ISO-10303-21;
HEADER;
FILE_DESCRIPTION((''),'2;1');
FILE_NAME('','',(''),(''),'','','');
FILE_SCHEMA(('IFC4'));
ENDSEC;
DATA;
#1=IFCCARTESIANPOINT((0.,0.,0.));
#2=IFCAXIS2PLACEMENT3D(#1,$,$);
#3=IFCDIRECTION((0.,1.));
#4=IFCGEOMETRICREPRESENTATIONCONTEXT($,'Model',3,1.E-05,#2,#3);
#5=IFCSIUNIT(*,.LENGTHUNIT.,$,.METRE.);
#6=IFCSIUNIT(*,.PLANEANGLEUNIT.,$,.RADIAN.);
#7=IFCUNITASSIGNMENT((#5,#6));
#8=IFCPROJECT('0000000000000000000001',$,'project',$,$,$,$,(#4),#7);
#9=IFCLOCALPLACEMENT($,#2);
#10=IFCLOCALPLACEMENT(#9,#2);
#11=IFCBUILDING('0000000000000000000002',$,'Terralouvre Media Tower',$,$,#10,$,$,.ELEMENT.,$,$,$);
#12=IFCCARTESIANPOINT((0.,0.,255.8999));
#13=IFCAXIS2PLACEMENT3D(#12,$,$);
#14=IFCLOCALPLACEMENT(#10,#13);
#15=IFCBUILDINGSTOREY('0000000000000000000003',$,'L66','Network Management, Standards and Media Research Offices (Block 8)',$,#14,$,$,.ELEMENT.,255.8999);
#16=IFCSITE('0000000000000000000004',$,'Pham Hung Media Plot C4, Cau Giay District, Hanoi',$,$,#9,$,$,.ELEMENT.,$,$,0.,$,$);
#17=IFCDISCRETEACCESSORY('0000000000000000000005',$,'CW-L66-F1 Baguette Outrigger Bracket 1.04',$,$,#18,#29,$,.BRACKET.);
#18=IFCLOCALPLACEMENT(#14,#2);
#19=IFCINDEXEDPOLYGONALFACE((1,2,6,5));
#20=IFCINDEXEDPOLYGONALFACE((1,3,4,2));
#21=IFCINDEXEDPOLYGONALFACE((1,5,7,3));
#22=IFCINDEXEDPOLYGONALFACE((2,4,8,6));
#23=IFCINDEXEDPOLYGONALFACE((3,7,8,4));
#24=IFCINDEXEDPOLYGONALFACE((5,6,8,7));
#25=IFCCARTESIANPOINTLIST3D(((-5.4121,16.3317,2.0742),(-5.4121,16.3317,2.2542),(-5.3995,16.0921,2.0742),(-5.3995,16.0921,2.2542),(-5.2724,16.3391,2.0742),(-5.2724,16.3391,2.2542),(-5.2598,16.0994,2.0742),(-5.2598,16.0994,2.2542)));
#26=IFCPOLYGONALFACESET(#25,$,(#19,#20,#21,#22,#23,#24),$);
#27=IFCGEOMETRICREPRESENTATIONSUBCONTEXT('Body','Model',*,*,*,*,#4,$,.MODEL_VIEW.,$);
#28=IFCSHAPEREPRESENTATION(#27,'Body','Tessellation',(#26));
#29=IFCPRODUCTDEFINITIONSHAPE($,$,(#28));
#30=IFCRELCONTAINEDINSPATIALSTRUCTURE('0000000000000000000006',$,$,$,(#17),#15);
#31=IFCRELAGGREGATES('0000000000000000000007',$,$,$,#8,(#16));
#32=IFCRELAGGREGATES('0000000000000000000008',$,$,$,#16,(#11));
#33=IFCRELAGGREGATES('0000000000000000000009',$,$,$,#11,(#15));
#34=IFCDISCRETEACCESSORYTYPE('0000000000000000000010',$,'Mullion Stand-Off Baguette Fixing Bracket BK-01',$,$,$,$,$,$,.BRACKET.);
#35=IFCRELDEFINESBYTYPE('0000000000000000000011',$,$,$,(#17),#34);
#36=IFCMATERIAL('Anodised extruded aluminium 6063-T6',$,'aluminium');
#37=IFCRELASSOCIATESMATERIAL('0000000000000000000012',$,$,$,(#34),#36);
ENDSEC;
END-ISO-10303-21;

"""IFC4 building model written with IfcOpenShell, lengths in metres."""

from ifc_helpers import new_model, si_unit, direction, frame, origin, origin_2d, place, context, subcontext, project, spatial, rectangle, extrude, material, type_object, element, save


model = new_model("IFC4")

# Units and contexts
model_context = context("Model", 3, precision=1e-05, world=origin(), true_north=direction((0.0, 1.0)))
body_context = subcontext(model_context, "Body", "Model", "MODEL_VIEW")
ifc_project = project(units=[si_unit("LENGTHUNIT", "METRE"), si_unit("PLANEANGLEUNIT", "RADIAN")], contexts=[model_context])

# Site, building, storey
site_placement = place(None, origin())
site = spatial("IfcSite", under=ifc_project, at=site_placement, Name="Pham Hung Media Plot C4, Cau Giay District, Hanoi", CompositionType="ELEMENT", RefElevation=0.0)
building_placement = place(site_placement, origin())
building = spatial("IfcBuilding", under=site, at=building_placement, Name="Terralouvre Media Tower", CompositionType="ELEMENT")
storey_placement = place(building_placement, frame((0.0, 0.0, 255.8999)))
storey = spatial("IfcBuildingStorey", under=building, at=storey_placement, Name="L66", Description="Network Management, Standards and Media Research Offices (Block 8)", CompositionType="ELEMENT", Elevation=255.8999)

# Discrete accessory
ifc_material_1 = material(Name="Anodised extruded aluminium 6063-T6", Category="aluminium")
discrete_accessory_type = type_object("IfcDiscreteAccessoryType", Name="Mullion Stand-Off Baguette Fixing Bracket BK-01", PredefinedType="BRACKET", material=ifc_material_1)
discrete_accessory_placement = place(storey_placement, frame((-5.3359, 16.2156, 2.0742), z_axis=(0.0, 0.0, 1.0), x_axis=(-0.99863, -0.052336, 0.0)))
element("IfcDiscreteAccessory", 1, at=discrete_accessory_placement, inside=storey, type_object=discrete_accessory_type, Name="CW-L66-F1 Baguette Outrigger Bracket 1.04", PredefinedType="BRACKET", context=body_context, shape_type="SweptSolid", body=[
    extrude(rectangle(XDim=0.1399, YDim=0.24, at=origin_2d()), origin(), (0.0, 0.0, 1.0), 0.1799),
])

save(model, "model.ifc")
